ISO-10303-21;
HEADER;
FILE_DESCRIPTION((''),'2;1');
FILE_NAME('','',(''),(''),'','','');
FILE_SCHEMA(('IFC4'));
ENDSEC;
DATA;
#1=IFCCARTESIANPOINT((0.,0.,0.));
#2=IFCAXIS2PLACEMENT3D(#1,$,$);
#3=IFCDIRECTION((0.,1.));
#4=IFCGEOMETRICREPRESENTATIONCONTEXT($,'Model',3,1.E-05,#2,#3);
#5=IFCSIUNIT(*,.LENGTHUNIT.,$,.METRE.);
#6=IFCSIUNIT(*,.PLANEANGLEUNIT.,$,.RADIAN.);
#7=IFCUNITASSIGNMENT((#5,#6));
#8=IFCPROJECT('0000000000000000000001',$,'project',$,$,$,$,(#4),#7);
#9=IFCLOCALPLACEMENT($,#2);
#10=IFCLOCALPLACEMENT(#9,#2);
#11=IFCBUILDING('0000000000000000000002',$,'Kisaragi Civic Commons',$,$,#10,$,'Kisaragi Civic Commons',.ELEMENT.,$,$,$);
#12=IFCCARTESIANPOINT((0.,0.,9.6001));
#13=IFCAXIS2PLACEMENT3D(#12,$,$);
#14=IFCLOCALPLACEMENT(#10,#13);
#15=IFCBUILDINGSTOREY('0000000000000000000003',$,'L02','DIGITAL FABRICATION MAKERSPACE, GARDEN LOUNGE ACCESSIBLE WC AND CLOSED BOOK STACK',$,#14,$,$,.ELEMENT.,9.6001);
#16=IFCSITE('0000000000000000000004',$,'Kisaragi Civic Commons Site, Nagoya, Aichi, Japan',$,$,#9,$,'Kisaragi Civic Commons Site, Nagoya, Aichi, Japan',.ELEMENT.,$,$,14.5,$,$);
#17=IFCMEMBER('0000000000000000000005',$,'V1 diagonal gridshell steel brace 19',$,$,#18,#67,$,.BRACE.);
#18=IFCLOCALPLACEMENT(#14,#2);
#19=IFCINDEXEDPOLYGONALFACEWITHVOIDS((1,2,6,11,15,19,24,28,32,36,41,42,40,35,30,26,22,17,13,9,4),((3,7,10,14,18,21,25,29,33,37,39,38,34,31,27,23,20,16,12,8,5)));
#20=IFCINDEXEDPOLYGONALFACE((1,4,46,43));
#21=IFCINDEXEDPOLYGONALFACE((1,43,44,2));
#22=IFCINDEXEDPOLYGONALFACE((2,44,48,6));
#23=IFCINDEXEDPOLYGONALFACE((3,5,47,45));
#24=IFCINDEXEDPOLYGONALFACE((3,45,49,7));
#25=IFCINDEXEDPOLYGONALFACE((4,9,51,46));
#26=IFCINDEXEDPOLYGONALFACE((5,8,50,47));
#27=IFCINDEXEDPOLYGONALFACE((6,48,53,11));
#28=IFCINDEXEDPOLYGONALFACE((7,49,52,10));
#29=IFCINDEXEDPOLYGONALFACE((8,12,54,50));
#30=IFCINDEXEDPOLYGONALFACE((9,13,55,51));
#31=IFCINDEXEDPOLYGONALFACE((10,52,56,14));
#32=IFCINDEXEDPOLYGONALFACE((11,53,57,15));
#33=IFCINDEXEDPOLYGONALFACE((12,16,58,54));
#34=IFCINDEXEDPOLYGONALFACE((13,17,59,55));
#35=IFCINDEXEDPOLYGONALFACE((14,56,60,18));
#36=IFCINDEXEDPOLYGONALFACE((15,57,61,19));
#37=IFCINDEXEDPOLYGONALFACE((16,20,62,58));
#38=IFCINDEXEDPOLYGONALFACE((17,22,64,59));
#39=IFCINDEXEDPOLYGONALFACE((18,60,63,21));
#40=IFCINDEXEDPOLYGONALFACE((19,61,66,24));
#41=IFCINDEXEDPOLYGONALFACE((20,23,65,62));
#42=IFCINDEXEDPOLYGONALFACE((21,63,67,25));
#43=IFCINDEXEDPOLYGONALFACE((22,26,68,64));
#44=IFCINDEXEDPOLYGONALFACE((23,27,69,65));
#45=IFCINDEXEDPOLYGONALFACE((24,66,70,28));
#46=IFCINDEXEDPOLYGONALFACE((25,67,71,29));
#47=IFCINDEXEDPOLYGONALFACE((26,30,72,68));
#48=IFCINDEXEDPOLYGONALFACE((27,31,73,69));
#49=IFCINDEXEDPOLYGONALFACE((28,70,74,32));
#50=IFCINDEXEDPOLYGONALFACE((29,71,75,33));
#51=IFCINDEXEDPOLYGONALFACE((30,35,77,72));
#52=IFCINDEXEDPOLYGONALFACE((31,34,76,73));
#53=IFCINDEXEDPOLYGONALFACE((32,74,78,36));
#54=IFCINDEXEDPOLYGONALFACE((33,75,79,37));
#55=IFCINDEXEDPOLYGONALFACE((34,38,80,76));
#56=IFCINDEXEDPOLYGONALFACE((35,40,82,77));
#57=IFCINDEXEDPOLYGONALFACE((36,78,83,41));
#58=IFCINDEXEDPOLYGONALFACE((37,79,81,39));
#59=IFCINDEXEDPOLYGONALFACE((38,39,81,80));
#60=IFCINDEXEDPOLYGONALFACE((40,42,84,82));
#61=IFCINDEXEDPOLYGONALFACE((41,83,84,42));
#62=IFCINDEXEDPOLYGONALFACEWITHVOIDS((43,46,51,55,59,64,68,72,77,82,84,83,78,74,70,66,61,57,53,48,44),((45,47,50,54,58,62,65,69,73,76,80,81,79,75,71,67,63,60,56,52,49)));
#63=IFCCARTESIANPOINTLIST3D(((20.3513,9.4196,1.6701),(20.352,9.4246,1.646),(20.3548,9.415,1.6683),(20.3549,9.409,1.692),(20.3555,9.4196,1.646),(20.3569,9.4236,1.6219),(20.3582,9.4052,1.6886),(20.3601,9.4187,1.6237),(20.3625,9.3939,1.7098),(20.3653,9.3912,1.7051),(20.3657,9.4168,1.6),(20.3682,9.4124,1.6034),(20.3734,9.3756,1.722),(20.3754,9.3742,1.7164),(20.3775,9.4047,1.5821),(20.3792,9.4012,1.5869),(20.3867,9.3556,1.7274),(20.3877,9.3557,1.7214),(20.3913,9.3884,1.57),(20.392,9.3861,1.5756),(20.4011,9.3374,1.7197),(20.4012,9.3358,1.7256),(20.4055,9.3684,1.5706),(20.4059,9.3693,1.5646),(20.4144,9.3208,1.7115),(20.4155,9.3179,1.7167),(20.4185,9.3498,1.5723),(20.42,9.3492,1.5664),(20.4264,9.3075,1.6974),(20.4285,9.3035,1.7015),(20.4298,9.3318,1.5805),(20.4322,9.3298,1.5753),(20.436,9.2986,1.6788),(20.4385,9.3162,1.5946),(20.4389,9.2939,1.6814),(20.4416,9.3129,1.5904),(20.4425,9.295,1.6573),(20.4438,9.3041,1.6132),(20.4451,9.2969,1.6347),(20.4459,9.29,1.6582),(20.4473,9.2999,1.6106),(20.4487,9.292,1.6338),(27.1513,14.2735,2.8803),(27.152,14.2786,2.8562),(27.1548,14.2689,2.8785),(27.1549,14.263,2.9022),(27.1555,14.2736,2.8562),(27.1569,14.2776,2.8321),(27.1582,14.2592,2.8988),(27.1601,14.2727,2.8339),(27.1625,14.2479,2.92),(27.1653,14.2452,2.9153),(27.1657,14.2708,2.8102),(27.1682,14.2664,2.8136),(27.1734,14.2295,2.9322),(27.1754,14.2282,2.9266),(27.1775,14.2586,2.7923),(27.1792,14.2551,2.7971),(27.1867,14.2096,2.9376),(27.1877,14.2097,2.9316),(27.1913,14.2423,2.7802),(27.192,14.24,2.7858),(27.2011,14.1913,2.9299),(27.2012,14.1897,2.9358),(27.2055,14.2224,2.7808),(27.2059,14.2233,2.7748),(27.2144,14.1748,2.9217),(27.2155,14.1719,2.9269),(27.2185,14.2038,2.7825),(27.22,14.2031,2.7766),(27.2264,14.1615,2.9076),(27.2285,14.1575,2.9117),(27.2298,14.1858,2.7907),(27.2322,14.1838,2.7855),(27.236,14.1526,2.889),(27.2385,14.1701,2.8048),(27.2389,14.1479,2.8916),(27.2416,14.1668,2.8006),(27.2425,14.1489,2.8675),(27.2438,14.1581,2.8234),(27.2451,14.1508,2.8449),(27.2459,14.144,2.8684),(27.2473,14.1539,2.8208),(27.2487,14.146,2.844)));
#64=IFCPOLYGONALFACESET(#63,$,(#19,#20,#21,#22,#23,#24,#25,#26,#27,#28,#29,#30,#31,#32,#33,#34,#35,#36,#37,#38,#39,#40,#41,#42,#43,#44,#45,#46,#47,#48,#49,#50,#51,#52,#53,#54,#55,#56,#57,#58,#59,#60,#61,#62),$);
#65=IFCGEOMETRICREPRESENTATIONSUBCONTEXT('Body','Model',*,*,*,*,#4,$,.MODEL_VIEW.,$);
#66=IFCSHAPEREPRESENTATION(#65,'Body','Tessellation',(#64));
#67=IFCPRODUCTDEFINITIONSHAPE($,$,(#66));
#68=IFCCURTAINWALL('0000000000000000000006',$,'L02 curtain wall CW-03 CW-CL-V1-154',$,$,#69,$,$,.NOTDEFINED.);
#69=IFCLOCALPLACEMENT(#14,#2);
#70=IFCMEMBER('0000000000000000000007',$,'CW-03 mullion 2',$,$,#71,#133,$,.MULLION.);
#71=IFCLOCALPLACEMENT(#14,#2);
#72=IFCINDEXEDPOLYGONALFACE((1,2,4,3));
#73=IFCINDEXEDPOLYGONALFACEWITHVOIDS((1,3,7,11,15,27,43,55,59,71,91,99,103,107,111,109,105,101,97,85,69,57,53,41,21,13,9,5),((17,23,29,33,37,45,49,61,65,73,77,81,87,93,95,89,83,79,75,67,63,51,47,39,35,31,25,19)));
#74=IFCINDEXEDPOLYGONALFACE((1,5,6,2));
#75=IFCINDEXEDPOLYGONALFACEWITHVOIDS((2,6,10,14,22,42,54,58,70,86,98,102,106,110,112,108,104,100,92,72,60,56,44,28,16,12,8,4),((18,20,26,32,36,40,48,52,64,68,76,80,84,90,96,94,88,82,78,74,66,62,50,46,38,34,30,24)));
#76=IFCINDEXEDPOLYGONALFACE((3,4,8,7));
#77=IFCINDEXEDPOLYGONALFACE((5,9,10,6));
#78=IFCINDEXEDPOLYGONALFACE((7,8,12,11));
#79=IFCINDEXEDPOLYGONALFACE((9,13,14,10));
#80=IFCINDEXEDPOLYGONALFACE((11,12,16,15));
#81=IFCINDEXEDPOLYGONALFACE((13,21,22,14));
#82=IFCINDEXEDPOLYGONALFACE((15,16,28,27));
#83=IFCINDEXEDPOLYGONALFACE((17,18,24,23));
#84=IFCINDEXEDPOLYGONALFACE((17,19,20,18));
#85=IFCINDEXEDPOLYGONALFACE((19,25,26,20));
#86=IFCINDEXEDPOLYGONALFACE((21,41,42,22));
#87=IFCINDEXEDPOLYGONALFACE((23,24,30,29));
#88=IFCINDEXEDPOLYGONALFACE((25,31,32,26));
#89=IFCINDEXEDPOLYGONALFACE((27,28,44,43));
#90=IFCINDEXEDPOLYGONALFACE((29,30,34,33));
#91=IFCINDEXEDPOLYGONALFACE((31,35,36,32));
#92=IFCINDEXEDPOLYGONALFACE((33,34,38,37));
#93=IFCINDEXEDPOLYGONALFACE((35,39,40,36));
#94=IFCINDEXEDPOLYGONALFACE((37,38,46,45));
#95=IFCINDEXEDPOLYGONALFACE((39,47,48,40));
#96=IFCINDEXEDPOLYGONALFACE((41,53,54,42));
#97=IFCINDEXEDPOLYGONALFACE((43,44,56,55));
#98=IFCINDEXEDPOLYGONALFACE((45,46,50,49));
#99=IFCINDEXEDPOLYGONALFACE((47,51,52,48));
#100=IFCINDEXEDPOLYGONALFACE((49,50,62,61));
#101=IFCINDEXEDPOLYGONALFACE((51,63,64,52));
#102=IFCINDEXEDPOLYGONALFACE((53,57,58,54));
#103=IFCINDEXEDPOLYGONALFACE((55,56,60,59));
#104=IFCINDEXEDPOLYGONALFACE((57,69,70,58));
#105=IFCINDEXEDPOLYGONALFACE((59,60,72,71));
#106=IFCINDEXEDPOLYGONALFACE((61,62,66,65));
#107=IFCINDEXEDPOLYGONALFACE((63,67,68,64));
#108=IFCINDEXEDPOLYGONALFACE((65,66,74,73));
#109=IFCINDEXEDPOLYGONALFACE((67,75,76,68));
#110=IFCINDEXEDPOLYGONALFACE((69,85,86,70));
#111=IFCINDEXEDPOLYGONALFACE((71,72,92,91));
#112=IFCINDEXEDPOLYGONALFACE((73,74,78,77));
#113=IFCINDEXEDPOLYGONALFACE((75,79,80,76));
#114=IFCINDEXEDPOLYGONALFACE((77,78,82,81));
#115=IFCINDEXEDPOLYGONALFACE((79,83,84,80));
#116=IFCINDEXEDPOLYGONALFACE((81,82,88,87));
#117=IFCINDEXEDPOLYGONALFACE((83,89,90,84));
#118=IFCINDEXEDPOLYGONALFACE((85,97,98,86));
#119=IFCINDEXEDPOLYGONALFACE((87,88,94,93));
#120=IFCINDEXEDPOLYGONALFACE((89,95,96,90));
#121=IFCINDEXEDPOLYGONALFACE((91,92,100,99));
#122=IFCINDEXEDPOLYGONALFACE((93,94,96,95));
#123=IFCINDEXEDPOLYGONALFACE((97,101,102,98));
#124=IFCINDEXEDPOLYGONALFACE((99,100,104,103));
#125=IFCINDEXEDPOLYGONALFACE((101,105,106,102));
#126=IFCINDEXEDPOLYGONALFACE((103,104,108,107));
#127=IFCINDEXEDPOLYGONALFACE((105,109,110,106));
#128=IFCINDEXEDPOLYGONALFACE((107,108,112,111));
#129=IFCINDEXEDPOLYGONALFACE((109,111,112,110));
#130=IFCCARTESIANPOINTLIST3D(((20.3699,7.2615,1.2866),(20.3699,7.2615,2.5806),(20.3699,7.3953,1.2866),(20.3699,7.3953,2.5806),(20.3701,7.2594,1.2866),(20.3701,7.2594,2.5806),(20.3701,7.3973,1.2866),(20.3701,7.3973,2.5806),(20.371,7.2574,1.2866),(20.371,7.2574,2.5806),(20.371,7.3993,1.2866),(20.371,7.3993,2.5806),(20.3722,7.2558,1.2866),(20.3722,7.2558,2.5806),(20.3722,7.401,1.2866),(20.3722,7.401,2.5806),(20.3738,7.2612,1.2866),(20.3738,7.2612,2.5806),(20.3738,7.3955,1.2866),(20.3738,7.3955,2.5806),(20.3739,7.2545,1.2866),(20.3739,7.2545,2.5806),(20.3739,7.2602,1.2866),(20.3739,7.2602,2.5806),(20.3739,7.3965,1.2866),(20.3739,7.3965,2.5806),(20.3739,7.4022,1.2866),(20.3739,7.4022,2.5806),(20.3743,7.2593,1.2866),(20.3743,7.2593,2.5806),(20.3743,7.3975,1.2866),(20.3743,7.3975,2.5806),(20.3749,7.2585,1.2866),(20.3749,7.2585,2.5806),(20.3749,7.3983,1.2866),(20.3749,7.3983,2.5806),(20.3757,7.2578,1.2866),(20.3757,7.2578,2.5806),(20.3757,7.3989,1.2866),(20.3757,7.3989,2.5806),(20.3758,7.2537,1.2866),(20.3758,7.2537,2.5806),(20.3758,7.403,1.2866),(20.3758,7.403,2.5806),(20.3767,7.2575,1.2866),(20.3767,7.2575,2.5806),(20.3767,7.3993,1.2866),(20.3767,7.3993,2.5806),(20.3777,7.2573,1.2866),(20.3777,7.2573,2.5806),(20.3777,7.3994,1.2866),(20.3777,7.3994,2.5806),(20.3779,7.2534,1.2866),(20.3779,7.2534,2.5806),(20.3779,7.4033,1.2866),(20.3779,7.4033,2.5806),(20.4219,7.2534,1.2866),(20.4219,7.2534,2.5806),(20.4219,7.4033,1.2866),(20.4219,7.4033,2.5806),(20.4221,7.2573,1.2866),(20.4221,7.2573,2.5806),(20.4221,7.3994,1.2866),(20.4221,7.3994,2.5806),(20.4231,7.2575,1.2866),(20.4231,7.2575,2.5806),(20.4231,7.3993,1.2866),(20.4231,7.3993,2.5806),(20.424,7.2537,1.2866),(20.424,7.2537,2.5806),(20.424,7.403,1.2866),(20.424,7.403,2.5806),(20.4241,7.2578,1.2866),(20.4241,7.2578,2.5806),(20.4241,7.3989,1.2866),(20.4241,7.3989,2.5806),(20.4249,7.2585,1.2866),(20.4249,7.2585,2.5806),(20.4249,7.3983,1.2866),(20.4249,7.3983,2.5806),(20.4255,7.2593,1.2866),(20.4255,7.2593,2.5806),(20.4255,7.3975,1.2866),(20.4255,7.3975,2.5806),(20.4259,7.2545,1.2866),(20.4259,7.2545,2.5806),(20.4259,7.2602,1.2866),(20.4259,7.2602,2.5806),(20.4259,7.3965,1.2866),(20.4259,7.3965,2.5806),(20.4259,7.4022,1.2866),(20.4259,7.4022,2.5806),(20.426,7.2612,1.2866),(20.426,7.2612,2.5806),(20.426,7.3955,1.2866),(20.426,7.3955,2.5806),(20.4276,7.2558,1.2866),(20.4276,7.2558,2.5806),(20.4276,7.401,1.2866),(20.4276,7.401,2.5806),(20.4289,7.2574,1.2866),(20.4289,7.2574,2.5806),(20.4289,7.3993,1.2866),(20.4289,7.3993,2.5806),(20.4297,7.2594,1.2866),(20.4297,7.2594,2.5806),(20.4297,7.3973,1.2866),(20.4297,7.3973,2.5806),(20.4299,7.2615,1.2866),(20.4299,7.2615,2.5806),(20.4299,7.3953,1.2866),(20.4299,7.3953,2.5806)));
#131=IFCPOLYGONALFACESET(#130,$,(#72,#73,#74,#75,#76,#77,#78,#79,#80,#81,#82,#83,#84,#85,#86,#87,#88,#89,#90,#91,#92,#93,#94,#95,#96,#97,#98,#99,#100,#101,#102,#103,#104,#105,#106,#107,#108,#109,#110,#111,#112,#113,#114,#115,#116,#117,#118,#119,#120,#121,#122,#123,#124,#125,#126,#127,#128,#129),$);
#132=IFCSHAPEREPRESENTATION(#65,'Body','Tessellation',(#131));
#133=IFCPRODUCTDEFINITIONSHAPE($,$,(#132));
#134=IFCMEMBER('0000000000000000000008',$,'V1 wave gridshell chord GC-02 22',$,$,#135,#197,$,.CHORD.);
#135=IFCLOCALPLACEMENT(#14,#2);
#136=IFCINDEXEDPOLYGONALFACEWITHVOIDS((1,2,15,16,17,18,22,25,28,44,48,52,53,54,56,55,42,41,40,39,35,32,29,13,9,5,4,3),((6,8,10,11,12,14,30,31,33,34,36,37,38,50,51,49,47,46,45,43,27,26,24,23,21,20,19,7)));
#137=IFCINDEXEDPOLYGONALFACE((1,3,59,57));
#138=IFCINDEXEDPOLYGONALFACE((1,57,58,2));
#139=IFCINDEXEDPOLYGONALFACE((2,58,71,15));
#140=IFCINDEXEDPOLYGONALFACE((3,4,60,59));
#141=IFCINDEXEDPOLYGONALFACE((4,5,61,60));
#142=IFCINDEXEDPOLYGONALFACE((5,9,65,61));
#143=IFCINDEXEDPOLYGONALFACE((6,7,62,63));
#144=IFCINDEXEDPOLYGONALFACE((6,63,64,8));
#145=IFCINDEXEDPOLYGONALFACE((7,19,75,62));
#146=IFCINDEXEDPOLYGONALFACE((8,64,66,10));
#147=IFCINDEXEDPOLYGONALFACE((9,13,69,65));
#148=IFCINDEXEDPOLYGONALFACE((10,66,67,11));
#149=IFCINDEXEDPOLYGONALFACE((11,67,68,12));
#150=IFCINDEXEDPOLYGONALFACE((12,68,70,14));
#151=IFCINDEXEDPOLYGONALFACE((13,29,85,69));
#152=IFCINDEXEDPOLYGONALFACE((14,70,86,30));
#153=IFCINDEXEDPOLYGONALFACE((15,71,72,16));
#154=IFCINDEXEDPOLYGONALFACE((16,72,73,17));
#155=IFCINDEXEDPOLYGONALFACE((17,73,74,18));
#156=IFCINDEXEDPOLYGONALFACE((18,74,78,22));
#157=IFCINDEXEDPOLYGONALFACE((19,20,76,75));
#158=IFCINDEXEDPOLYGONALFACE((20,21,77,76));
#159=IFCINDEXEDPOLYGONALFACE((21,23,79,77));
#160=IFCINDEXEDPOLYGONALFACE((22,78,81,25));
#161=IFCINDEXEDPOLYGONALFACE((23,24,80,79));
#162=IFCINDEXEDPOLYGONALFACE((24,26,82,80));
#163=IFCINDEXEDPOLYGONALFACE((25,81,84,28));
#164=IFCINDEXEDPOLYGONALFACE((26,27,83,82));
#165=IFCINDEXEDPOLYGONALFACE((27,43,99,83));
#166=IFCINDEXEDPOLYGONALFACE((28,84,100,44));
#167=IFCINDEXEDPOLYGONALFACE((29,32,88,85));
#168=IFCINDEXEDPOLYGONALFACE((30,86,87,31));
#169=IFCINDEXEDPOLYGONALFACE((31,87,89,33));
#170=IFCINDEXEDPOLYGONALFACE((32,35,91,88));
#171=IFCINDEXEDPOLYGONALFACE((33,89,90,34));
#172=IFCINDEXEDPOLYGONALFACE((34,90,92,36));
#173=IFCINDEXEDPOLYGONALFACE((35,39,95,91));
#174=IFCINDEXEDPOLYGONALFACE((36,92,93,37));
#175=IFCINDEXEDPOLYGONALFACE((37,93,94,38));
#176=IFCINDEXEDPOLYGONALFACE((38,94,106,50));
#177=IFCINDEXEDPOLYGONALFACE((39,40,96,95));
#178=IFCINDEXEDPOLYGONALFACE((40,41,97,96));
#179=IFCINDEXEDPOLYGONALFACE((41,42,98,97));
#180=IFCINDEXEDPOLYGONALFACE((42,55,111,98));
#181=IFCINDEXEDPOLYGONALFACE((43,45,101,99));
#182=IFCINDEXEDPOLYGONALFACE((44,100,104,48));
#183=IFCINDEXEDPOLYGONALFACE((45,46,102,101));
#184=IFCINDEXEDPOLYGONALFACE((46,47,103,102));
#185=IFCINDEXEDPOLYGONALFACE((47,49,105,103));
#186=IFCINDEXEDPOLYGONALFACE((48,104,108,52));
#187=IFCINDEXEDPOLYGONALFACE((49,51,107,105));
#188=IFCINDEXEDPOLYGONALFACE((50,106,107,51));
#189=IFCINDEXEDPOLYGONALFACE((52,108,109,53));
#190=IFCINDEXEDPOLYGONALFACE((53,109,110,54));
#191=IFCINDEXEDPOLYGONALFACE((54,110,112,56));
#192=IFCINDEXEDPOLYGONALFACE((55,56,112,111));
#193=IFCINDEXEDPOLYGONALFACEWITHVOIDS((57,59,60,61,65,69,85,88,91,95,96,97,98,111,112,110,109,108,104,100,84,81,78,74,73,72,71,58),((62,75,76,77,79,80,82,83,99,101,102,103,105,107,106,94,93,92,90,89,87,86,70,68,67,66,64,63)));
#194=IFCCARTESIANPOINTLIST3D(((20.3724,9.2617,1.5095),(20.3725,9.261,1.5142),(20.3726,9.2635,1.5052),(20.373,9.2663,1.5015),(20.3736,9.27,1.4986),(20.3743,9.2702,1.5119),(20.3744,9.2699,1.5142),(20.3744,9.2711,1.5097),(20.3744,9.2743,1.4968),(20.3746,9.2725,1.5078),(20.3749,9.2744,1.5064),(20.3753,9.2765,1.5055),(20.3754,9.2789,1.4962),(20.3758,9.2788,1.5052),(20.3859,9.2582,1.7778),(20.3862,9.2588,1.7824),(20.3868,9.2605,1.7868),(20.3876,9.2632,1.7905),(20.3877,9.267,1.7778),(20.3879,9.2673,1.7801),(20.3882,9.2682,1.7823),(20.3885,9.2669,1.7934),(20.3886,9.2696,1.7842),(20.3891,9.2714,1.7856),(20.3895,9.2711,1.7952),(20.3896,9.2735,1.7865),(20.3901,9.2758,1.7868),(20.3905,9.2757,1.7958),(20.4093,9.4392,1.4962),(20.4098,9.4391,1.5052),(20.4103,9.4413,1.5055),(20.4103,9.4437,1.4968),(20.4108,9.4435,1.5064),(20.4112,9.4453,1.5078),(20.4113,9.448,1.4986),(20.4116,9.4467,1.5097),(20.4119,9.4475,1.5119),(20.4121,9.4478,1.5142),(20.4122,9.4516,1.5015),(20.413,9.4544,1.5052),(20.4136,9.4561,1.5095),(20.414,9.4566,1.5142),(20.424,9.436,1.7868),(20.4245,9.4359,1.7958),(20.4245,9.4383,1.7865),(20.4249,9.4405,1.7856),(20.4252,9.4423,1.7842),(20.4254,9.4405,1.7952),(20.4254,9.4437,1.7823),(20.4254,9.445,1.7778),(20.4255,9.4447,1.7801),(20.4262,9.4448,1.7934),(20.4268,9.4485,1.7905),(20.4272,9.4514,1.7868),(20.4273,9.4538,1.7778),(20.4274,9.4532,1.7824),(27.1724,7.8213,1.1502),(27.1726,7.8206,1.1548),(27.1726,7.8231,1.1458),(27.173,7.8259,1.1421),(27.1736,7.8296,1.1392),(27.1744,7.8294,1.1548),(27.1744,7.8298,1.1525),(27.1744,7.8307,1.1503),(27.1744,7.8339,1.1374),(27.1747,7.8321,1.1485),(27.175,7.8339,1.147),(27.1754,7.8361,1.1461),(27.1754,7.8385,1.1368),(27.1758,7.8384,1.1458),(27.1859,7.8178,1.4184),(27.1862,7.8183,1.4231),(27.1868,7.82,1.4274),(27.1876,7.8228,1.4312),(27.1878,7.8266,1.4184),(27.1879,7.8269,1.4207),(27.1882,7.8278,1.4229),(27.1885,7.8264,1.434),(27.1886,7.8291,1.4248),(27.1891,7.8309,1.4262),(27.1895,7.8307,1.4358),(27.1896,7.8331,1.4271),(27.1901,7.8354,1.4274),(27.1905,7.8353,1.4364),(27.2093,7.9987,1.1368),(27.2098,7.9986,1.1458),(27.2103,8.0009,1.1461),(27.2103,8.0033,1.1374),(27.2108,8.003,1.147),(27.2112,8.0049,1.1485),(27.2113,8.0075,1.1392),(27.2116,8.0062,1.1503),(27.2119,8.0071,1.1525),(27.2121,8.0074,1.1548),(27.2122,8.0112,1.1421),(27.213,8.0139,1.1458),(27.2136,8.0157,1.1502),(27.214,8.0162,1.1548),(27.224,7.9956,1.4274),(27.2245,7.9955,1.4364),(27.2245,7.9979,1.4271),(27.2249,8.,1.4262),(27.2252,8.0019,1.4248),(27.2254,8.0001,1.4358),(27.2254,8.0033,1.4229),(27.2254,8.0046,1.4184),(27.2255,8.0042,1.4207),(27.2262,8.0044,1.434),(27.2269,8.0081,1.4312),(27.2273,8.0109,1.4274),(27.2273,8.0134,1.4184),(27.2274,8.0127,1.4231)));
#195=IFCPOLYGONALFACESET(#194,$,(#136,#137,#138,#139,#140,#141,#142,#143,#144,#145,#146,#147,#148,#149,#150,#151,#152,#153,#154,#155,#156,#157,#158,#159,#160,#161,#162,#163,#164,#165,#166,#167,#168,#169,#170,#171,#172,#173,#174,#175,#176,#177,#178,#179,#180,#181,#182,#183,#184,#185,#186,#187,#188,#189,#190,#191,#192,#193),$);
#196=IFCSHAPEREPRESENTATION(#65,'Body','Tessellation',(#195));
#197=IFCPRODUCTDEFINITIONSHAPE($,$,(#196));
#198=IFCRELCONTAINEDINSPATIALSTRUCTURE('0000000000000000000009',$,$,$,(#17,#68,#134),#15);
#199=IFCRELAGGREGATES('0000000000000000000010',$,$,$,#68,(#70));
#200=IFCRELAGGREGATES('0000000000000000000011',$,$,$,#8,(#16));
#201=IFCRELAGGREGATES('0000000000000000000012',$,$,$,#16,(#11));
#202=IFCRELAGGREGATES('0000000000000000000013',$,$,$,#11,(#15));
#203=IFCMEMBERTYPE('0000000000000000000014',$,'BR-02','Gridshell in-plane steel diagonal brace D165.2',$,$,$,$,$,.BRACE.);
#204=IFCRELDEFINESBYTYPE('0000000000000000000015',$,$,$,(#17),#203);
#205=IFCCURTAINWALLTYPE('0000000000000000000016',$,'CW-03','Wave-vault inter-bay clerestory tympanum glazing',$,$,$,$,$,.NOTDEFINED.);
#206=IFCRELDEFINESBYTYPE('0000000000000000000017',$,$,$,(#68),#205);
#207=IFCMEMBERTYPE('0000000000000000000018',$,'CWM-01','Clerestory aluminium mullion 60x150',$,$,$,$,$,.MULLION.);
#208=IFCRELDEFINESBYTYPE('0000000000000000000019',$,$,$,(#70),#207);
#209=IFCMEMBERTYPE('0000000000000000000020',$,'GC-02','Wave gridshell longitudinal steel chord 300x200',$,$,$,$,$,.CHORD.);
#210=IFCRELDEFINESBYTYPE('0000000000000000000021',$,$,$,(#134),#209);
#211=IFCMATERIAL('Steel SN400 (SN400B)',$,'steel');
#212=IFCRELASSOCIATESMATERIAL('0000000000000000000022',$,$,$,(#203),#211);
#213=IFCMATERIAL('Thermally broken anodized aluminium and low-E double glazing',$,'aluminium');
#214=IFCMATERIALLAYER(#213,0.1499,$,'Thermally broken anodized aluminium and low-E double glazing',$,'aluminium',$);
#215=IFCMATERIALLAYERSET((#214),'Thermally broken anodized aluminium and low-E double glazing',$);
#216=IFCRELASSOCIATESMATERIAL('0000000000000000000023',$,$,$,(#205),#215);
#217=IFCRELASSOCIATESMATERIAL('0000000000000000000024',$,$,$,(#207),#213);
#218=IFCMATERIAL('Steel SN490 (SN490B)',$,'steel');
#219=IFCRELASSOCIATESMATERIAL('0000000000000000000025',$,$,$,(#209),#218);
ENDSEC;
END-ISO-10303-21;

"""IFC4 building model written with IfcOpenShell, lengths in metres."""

from ifc_helpers import new_model, si_unit, direction, frame, origin, origin_2d, place, context, subcontext, project, spatial, hollow_rectangle, hollow_circle, extrude, material, layer, layer_set, material_profile, profile_set, type_object, element, aggregate, save


model = new_model("IFC4")

# Units and contexts
model_context = context("Model", 3, precision=1e-05, world=origin(), true_north=direction((0.0, 1.0)))
body_context = subcontext(model_context, "Body", "Model", "MODEL_VIEW")
ifc_project = project(units=[si_unit("LENGTHUNIT", "METRE"), si_unit("PLANEANGLEUNIT", "RADIAN")], contexts=[model_context])

# Site, building, storey
site_placement = place(None, origin())
site = spatial("IfcSite", under=ifc_project, at=site_placement, Name="Kisaragi Civic Commons Site, Nagoya, Aichi, Japan", LongName="Kisaragi Civic Commons Site, Nagoya, Aichi, Japan", CompositionType="ELEMENT", RefElevation=14.5)
building_placement = place(site_placement, origin())
building = spatial("IfcBuilding", under=site, at=building_placement, Name="Kisaragi Civic Commons", LongName="Kisaragi Civic Commons", CompositionType="ELEMENT")
storey_placement = place(building_placement, frame((0.0, 0.0, 9.6001)))
storey = spatial("IfcBuildingStorey", under=building, at=storey_placement, Name="L02", Description="DIGITAL FABRICATION MAKERSPACE, GARDEN LOUNGE ACCESSIBLE WC AND CLOSED BOOK STACK", CompositionType="ELEMENT", Elevation=9.6001)

# Member
ifc_material_1 = material(Name="Steel SN400 (SN400B)", Category="steel")
ifc_material_profile_1 = material_profile(ifc_material_1, hollow_circle(Radius=0.0825, WallThickness=0.0061, at=origin_2d()), Name="CHS-165.2x6.0", Category="steel")
ifc_profile_set_1 = profile_set([ifc_material_profile_1], Name="Steel SN400 (SN400B)")
member_type_1 = type_object("IfcMemberType", Name="BR-02", Description="Gridshell in-plane steel diagonal brace D165.2", PredefinedType="BRACE", material=ifc_profile_set_1)
member_1_placement = place(storey_placement, frame((20.3999, 9.3574, 1.646), z_axis=(0.805506, 0.574986, 0.143356), x_axis=(-0.580987, 0.813913, 0.0)))
element("IfcMember", 1, at=member_1_placement, inside=storey, type_object=member_type_1, Name="V1 diagonal gridshell steel brace 19", PredefinedType="BRACE", context=body_context, shape_type="SweptSolid", body=[
    extrude(hollow_circle(Radius=0.0825, WallThickness=0.0061, at=origin_2d()), origin(), (0.0, 0.0, 1.0), 8.4419),
])

# Curtain wall, member
ifc_material_2 = material(Name="Thermally broken anodized aluminium and low-E double glazing", Category="aluminium")
ifc_layer_1 = layer(ifc_material_2, 0.1499, Name="Thermally broken anodized aluminium and low-E double glazing", Category="aluminium")
ifc_layer_set_1 = layer_set([ifc_layer_1], Name="Thermally broken anodized aluminium and low-E double glazing")
curtain_wall_type = type_object("IfcCurtainWallType", Name="CW-03", Description="Wave-vault inter-bay clerestory tympanum glazing", PredefinedType="NOTDEFINED", material=ifc_layer_set_1)
curtain_wall_placement = place(storey_placement, origin())
curtain_wall = element("IfcCurtainWall", 2, at=curtain_wall_placement, inside=storey, type_object=curtain_wall_type, Name="L02 curtain wall CW-03 CW-CL-V1-154", PredefinedType="NOTDEFINED")
ifc_material_profile_2 = material_profile(ifc_material_2, hollow_rectangle(XDim=0.0601, YDim=0.1499, WallThickness=0.0039, InnerFilletRadius=0.0039, OuterFilletRadius=0.0081, at=origin_2d()), Name="CWM-60x150x4", Category="aluminium")
ifc_profile_set_2 = profile_set([ifc_material_profile_2], Name="Thermally broken anodized aluminium and low-E double glazing")
member_type_2 = type_object("IfcMemberType", Name="CWM-01", Description="Clerestory aluminium mullion 60x150", PredefinedType="MULLION", material=ifc_profile_set_2)
member_2_placement = place(storey_placement, frame((20.3999, 7.3284, 1.2866), z_axis=(0.0, 0.0, 1.0), x_axis=(-1.0, 0.0, 0.0)))
member_2 = element("IfcMember", 3, at=member_2_placement, type_object=member_type_2, Name="CW-03 mullion 2", PredefinedType="MULLION", context=body_context, shape_type="SweptSolid", body=[
    extrude(hollow_rectangle(XDim=0.0601, YDim=0.1499, WallThickness=0.0039, InnerFilletRadius=0.0039, OuterFilletRadius=0.0081, at=origin_2d()), origin(), (0.0, 0.0, 1.0), 1.2939),
])

# Member
ifc_material_3 = material(Name="Steel SN490 (SN490B)", Category="steel")
ifc_material_profile_3 = material_profile(ifc_material_3, hollow_rectangle(XDim=0.2, YDim=0.3, WallThickness=0.009, InnerFilletRadius=0.009, OuterFilletRadius=0.0181, at=origin_2d()), Name="STKR-300x200x9", Category="steel")
ifc_profile_set_3 = profile_set([ifc_material_profile_3], Name="Steel SN490 (SN490B)")
member_type_3 = type_object("IfcMemberType", Name="GC-02", Description="Wave gridshell longitudinal steel chord 300x200", PredefinedType="CHORD", material=ifc_profile_set_3)
member_3_placement = place(storey_placement, frame((20.3999, 9.3574, 1.646), z_axis=(0.976988, -0.206952, -0.051633), x_axis=(0.207228, 0.978293, 0.0)))
element("IfcMember", 4, at=member_3_placement, inside=storey, type_object=member_type_3, Name="V1 wave gridshell chord GC-02 22", PredefinedType="CHORD", context=body_context, shape_type="SweptSolid", body=[
    extrude(hollow_rectangle(XDim=0.2, YDim=0.3, WallThickness=0.009, InnerFilletRadius=0.009, OuterFilletRadius=0.0181, at=origin_2d()), origin(), (0.0, 0.0, 1.0), 6.9602),
])

aggregate(curtain_wall, [member_2])

save(model, "model.ifc")
